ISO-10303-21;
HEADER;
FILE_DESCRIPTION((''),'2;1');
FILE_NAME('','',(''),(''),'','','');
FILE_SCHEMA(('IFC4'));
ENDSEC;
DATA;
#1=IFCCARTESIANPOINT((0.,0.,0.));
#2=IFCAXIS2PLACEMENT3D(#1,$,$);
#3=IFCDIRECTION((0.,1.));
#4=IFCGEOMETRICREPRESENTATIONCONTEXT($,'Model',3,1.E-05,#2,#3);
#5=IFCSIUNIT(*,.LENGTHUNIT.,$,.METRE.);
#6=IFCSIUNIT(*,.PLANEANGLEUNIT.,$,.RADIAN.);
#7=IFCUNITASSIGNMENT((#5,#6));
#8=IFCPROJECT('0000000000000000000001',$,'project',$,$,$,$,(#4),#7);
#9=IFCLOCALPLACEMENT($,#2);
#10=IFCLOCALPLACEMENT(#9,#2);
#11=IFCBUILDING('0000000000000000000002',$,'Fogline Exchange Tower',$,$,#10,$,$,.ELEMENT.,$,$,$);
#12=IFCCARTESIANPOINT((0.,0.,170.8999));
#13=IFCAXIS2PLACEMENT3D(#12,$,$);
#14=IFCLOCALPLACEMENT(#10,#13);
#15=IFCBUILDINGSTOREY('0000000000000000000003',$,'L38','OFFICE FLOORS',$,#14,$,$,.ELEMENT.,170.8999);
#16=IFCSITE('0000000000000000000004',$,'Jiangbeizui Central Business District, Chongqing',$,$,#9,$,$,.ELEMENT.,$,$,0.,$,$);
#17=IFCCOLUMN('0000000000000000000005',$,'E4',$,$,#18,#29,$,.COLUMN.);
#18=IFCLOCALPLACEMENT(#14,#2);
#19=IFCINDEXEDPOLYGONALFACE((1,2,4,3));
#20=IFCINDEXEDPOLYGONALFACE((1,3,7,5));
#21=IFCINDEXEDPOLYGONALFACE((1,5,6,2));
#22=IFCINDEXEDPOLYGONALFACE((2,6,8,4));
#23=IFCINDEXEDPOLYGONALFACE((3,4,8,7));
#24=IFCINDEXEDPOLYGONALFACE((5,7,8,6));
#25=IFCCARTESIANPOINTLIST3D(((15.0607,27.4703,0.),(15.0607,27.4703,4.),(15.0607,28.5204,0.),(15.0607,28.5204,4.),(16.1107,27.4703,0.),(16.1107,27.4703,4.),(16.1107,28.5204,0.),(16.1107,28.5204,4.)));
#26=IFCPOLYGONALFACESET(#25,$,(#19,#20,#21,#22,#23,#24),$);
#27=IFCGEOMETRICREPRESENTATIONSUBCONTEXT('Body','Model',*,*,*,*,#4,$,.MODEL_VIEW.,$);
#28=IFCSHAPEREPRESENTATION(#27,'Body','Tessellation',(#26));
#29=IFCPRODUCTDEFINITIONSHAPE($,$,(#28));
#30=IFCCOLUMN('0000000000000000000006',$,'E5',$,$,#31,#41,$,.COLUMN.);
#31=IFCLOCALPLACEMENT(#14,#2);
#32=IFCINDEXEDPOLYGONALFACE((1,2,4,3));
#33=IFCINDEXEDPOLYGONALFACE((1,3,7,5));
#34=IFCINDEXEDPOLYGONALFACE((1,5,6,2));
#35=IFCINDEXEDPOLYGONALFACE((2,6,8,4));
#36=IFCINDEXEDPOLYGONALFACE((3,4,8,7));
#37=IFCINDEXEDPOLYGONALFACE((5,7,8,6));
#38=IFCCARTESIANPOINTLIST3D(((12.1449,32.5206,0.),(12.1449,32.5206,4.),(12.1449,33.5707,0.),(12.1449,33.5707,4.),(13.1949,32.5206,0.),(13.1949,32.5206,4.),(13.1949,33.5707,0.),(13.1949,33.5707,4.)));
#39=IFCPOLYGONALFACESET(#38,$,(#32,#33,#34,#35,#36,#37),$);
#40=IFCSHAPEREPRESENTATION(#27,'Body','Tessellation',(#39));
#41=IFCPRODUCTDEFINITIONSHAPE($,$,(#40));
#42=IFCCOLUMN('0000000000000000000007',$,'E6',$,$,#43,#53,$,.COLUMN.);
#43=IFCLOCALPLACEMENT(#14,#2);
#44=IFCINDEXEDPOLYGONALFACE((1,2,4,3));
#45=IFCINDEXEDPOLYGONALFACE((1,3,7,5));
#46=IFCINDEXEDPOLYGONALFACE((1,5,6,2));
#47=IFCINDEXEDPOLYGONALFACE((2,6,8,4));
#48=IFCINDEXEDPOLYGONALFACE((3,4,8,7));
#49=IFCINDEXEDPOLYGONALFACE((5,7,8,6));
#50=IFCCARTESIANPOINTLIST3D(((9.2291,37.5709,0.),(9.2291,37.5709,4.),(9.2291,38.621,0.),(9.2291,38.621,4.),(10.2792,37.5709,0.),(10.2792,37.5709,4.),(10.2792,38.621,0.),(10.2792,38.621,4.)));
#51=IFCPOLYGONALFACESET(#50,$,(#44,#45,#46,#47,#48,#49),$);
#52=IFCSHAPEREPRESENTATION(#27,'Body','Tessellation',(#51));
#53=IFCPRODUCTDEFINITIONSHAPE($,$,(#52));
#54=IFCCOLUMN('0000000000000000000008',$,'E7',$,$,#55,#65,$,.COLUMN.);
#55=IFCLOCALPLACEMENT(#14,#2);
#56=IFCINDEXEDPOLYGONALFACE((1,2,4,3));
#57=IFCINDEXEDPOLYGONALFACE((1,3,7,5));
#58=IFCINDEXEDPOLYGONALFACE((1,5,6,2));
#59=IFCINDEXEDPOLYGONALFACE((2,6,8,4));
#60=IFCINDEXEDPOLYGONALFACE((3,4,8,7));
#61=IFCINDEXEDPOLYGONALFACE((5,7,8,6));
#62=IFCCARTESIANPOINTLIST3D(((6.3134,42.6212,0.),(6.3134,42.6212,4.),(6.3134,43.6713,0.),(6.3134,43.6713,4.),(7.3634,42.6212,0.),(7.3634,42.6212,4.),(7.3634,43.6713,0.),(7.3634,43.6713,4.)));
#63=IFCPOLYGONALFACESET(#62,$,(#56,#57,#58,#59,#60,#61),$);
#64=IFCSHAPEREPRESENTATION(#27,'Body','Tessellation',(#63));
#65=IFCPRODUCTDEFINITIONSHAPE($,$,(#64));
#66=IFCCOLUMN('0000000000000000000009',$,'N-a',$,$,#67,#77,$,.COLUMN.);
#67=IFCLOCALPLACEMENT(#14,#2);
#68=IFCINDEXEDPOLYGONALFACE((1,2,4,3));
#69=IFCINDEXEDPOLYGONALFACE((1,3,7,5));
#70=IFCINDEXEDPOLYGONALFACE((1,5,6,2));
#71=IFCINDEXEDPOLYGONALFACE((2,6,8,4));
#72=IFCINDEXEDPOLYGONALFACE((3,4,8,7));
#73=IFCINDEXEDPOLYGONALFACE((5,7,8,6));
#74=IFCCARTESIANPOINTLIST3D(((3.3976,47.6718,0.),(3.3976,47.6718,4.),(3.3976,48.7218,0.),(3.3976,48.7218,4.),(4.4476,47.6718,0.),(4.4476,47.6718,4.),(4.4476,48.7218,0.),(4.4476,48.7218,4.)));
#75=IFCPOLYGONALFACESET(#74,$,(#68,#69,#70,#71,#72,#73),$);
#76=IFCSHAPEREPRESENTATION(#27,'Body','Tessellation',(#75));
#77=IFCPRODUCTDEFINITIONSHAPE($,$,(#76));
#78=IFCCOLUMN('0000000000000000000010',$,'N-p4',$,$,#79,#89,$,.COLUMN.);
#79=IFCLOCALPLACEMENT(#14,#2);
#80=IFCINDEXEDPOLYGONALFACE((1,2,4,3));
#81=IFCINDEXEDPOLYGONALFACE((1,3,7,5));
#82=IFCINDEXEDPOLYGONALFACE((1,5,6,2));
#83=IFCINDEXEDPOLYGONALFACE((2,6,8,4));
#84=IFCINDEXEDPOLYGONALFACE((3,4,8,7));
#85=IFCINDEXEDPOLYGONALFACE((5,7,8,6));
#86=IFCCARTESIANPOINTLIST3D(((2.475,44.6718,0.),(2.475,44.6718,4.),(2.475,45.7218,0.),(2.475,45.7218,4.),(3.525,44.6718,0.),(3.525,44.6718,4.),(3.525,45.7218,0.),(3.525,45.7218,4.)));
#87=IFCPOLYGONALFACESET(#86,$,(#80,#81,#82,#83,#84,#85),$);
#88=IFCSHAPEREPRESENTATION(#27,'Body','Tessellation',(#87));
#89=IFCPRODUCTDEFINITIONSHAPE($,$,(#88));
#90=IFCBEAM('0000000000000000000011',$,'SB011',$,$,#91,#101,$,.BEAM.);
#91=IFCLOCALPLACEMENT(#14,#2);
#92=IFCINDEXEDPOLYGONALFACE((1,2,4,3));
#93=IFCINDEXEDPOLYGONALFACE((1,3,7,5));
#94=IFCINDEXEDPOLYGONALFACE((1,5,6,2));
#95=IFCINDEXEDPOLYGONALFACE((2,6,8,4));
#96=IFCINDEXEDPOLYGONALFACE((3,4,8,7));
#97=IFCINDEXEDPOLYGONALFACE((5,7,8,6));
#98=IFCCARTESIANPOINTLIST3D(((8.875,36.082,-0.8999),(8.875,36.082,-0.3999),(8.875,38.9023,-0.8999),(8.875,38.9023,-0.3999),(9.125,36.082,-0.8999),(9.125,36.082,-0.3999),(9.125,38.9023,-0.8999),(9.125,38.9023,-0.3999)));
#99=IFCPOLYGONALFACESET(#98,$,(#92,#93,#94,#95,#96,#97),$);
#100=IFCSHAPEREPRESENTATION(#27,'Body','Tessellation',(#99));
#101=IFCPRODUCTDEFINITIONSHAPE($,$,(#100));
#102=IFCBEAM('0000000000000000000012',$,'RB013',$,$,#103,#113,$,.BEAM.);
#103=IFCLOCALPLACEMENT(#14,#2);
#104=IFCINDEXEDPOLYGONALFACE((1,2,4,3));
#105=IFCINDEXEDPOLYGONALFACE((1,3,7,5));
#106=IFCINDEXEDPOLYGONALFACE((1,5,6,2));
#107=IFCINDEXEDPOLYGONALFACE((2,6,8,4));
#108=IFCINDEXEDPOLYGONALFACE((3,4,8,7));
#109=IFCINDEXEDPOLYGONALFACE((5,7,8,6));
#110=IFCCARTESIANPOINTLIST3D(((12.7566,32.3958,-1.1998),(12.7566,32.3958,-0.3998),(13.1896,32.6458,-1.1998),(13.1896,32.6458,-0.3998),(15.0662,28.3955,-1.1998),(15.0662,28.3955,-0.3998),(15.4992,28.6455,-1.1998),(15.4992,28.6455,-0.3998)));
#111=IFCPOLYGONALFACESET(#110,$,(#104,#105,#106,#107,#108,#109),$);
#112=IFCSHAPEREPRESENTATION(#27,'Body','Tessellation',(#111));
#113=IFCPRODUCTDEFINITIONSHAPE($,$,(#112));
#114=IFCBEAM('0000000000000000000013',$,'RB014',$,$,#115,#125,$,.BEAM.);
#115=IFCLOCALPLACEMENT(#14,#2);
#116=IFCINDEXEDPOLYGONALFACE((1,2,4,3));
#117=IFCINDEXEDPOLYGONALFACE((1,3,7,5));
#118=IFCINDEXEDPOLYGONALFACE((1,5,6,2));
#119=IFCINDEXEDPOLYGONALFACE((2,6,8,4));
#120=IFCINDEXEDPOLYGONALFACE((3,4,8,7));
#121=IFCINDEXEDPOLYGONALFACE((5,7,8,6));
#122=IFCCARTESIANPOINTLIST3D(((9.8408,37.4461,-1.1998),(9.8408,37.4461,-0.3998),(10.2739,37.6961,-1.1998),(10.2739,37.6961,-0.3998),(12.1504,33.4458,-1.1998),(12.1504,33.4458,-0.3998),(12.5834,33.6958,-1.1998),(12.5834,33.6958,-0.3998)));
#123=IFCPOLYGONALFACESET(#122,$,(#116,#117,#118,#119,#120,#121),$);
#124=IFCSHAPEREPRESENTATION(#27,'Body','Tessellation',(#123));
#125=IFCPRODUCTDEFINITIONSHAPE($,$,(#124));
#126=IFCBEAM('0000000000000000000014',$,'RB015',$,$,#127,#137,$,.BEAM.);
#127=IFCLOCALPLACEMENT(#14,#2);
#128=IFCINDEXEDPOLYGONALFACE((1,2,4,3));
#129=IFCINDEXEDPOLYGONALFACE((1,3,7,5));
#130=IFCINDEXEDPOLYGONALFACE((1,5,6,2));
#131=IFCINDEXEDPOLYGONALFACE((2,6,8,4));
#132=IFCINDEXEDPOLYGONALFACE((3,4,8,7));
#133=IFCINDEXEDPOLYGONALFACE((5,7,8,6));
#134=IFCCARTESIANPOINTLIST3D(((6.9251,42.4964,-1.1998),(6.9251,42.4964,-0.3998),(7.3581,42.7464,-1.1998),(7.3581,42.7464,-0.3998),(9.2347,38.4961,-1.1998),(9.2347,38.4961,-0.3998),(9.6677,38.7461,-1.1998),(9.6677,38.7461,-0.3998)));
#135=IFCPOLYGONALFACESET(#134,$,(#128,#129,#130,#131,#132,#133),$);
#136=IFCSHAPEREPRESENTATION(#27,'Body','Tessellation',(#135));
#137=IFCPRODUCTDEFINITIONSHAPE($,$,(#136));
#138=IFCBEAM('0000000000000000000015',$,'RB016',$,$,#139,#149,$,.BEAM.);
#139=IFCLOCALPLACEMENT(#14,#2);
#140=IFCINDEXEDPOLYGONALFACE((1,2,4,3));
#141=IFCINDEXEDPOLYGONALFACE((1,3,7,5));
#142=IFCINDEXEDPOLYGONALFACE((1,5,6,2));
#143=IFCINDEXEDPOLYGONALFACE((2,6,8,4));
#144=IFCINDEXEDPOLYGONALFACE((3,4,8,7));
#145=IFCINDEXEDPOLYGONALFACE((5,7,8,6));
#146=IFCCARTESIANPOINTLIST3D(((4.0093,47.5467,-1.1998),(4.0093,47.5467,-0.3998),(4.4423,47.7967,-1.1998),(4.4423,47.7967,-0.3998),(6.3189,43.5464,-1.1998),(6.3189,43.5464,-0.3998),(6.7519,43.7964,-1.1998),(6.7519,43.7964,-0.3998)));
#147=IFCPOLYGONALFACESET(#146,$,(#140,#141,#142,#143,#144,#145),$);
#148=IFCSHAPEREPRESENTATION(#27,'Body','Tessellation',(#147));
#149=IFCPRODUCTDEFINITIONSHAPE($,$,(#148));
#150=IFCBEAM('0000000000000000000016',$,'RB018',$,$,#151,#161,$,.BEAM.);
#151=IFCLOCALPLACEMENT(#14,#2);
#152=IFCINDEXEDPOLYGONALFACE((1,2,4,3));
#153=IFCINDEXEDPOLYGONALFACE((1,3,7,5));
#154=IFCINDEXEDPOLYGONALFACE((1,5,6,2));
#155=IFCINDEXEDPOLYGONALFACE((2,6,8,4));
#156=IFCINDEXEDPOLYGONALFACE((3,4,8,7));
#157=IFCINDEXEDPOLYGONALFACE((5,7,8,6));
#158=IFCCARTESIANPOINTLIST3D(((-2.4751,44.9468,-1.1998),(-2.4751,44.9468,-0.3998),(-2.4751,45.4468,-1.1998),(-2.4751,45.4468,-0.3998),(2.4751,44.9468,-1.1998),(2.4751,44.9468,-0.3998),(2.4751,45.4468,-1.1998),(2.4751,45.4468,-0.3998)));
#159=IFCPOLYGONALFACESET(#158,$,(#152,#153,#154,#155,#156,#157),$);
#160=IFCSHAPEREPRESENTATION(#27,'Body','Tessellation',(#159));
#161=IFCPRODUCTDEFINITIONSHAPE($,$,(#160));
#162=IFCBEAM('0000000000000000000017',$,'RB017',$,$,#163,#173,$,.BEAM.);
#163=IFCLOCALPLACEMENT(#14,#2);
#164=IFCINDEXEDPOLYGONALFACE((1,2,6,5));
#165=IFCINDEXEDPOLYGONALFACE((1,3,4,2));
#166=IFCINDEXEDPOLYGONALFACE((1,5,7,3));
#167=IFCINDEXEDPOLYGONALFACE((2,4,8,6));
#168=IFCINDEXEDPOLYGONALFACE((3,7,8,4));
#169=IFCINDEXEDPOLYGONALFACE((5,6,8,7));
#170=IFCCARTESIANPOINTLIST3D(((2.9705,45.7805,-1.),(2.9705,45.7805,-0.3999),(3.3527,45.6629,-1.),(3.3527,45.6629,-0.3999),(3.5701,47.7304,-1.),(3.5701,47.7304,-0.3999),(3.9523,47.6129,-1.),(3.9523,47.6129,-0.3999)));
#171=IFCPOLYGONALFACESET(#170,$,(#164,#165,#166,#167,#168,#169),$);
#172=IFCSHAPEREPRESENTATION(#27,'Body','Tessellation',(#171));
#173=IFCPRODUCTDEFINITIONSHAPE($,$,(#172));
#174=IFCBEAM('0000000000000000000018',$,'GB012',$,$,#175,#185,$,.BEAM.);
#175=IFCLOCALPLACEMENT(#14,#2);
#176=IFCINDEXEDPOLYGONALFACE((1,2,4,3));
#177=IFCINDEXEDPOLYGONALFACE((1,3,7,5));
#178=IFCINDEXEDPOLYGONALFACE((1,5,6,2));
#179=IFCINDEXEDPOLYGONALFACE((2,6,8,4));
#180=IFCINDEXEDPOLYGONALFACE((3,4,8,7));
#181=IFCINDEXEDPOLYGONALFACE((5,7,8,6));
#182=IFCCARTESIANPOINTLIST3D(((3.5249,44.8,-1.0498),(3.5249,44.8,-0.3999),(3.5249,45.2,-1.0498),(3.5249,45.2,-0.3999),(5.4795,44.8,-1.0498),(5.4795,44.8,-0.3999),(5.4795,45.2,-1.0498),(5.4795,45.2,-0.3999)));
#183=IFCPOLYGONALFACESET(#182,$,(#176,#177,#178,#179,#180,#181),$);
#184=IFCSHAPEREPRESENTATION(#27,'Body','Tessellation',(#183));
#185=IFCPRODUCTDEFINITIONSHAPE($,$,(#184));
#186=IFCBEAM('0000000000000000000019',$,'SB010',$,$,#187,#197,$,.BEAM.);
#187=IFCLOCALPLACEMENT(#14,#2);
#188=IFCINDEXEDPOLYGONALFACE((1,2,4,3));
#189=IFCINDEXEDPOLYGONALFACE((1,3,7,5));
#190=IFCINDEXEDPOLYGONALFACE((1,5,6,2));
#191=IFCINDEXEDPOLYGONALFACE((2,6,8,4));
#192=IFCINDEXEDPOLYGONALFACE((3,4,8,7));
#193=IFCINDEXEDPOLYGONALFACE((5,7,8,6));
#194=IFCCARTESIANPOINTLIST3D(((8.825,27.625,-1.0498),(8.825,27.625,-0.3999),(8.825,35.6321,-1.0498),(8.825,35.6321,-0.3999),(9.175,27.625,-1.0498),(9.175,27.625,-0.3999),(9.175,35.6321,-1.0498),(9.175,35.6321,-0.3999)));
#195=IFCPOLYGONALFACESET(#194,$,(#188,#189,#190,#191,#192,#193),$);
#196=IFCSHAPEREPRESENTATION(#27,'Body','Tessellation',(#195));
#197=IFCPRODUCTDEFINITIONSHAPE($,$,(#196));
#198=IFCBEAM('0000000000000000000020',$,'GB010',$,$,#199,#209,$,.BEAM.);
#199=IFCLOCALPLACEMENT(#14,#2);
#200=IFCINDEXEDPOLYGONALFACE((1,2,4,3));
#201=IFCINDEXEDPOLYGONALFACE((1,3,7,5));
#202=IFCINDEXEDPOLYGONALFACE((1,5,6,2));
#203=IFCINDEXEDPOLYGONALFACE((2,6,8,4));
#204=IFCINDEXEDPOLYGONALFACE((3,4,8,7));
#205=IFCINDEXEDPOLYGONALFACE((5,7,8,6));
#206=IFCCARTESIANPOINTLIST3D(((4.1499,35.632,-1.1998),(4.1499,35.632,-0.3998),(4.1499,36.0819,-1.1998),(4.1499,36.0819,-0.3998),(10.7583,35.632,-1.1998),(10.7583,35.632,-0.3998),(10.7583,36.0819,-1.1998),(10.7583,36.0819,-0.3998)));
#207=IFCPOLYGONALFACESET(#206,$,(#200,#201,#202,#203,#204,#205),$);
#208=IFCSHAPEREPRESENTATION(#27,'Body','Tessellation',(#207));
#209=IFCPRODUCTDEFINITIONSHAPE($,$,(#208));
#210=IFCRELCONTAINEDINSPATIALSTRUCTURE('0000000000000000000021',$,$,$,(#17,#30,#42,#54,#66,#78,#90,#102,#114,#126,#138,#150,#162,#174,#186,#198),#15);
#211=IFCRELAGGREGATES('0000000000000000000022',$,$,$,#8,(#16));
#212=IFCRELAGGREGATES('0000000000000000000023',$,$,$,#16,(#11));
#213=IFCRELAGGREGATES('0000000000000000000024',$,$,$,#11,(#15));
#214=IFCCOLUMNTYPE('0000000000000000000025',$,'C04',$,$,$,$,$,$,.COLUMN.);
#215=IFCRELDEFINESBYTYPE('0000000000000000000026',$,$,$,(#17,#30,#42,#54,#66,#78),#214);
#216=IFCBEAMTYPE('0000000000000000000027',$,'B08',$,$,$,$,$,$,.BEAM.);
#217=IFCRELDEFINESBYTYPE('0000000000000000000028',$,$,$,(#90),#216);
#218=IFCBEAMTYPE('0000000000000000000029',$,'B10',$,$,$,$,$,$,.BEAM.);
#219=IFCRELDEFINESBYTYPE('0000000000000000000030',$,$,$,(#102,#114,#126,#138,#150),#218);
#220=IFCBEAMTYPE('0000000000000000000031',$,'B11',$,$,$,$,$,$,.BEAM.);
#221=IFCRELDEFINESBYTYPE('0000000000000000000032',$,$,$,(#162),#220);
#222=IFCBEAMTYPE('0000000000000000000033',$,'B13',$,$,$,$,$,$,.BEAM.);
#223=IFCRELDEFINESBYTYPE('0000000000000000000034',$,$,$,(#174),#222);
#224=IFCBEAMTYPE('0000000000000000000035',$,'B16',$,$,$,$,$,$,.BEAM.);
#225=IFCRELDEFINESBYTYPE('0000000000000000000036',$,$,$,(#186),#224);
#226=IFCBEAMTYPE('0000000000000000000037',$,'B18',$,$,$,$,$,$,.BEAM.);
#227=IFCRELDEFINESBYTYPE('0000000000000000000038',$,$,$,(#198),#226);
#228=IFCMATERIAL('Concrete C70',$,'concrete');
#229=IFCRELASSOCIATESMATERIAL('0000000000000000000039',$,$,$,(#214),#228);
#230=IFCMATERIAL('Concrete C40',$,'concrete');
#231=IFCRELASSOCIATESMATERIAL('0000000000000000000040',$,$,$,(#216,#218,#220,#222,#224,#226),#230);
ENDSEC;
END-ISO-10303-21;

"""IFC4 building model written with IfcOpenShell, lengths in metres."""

from ifc_helpers import new_model, si_unit, direction, frame, origin, origin_2d, place, context, subcontext, project, spatial, rectangle, extrude, material, material_profile, profile_set, type_object, element, save


model = new_model("IFC4")

# Units and contexts
model_context = context("Model", 3, precision=1e-05, world=origin(), true_north=direction((0.0, 1.0)))
body_context = subcontext(model_context, "Body", "Model", "MODEL_VIEW")
ifc_project = project(units=[si_unit("LENGTHUNIT", "METRE"), si_unit("PLANEANGLEUNIT", "RADIAN")], contexts=[model_context])

# Site, building, storey
site_placement = place(None, origin())
site = spatial("IfcSite", under=ifc_project, at=site_placement, Name="Jiangbeizui Central Business District, Chongqing", CompositionType="ELEMENT", RefElevation=0.0)
building_placement = place(site_placement, origin())
building = spatial("IfcBuilding", under=site, at=building_placement, Name="Fogline Exchange Tower", CompositionType="ELEMENT")
storey_placement = place(building_placement, frame((0.0, 0.0, 170.8999)))
storey = spatial("IfcBuildingStorey", under=building, at=storey_placement, Name="L38", Description="OFFICE FLOORS", CompositionType="ELEMENT", Elevation=170.8999)

# Columns
ifc_material_1 = material(Name="Concrete C70", Category="concrete")
ifc_material_profile_1 = material_profile(ifc_material_1, rectangle(XDim=1.05, YDim=1.05, at=origin_2d()), Name="RC 1050x1050")
ifc_profile_set_1 = profile_set([ifc_material_profile_1], Name="Concrete C70")
column_type = type_object("IfcColumnType", Name="C04", PredefinedType="COLUMN", material=ifc_profile_set_1)
for number, where, z_axis, x_axis, name in (
    (1, (15.5857, 27.9954, 0.0), (0.0, 0.0, 1.0), (1.0, 0.0, 0.0), "E4"),
    (2, (12.6699, 33.0457, 0.0), (0.0, 0.0, 1.0), (1.0, 0.0, 0.0), "E5"),
    (3, (9.7542, 38.0959, 0.0), (0.0, 0.0, 1.0), (1.0, 0.0, 0.0), "E6"),
    (4, (6.8384, 43.1462, 0.0), (0.0, 0.0, 1.0), (1.0, 0.0, 0.0), "E7"),
    (5, (3.9226, 48.1968, 0.0), (0.0, 0.0, 1.0), (1.0, 0.0, 0.0), "N-a"),
    (6, (3.0, 45.1968, 0.0), (0.0, 0.0, 1.0), (1.0, 0.0, 0.0), "N-p4"),
):
    element("IfcColumn", number, at=place(storey_placement, frame(where, z_axis=z_axis, x_axis=x_axis)), inside=storey, type_object=column_type, Name=name, PredefinedType="COLUMN", context=body_context, shape_type="SweptSolid", body=[
        extrude(rectangle(XDim=1.05, YDim=1.05, at=origin_2d()), origin(), (0.0, 0.0, 1.0), 4.0),
    ])

# Beams
ifc_material_2 = material(Name="Concrete C40", Category="concrete")
ifc_material_profile_2 = material_profile(ifc_material_2, rectangle(XDim=0.25, YDim=0.5, at=origin_2d()), Name="RC 250x500")
ifc_profile_set_2 = profile_set([ifc_material_profile_2], Name="Concrete C40")
beam_type_1 = type_object("IfcBeamType", Name="B08", PredefinedType="BEAM", material=ifc_profile_set_2)
beam_1_placement = place(storey_placement, frame((9.0, 36.082, -0.6499), z_axis=(0.0, 1.0, 0.0), x_axis=(-1.0, 0.0, 0.0)))
element("IfcBeam", 7, at=beam_1_placement, inside=storey, type_object=beam_type_1, Name="SB011", PredefinedType="BEAM", context=body_context, shape_type="SweptSolid", body=[
    extrude(rectangle(XDim=0.25, YDim=0.5, at=origin_2d()), origin(), (0.0, 0.0, 1.0), 2.8203),
])
ifc_material_profile_3 = material_profile(ifc_material_2, rectangle(XDim=0.5, YDim=0.8, at=origin_2d()), Name="RC 500x800")
ifc_profile_set_3 = profile_set([ifc_material_profile_3], Name="Concrete C40")
beam_type_2 = type_object("IfcBeamType", Name="B10", PredefinedType="BEAM", material=ifc_profile_set_3)
for number, where, z_axis, x_axis, name in (
    (8, (15.2827, 28.5205, -0.7998), (-0.500005, 0.866023, 0.0), (-0.866023, -0.500005, 0.0), "RB013"),
    (9, (12.3669, 33.5708, -0.7998), (-0.500005, 0.866023, 0.0), (-0.866023, -0.500005, 0.0), "RB014"),
    (10, (9.4512, 38.6211, -0.7998), (-0.500005, 0.866023, 0.0), (-0.866023, -0.500005, 0.0), "RB015"),
    (11, (6.5354, 43.6714, -0.7998), (-0.500005, 0.866023, 0.0), (-0.866023, -0.500005, 0.0), "RB016"),
):
    element("IfcBeam", number, at=place(storey_placement, frame(where, z_axis=z_axis, x_axis=x_axis)), inside=storey, type_object=beam_type_2, Name=name, PredefinedType="BEAM", context=body_context, shape_type="SweptSolid", body=[
        extrude(rectangle(XDim=0.5, YDim=0.8, at=origin_2d()), origin(), (0.0, 0.0, 1.0), 4.6191),
    ])
beam_2_placement = place(storey_placement, frame((2.4751, 45.1968, -0.7998), z_axis=(-1.0, 0.0, 0.0), x_axis=(0.0, -1.0, 0.0)))
element("IfcBeam", 12, at=beam_2_placement, inside=storey, type_object=beam_type_2, Name="RB018", PredefinedType="BEAM", context=body_context, shape_type="SweptSolid", body=[
    extrude(rectangle(XDim=0.5, YDim=0.8, at=origin_2d()), origin(), (0.0, 0.0, 1.0), 4.9502),
])
ifc_material_profile_4 = material_profile(ifc_material_2, rectangle(XDim=0.3999, YDim=0.6001, at=origin_2d()), Name="RC 400x600")
ifc_profile_set_4 = profile_set([ifc_material_profile_4], Name="Concrete C40")
beam_type_3 = type_object("IfcBeamType", Name="B11", PredefinedType="BEAM", material=ifc_profile_set_4)
beam_3_placement = place(storey_placement, frame((3.7612, 47.6716, -0.7), z_axis=(-0.293918, -0.955831, 0.0), x_axis=(0.955831, -0.293918, 0.0)))
element("IfcBeam", 13, at=beam_3_placement, inside=storey, type_object=beam_type_3, Name="RB017", PredefinedType="BEAM", context=body_context, shape_type="SweptSolid", body=[
    extrude(rectangle(XDim=0.3999, YDim=0.6001, at=origin_2d()), origin(), (0.0, 0.0, 1.0), 2.04),
])
ifc_material_profile_5 = material_profile(ifc_material_2, rectangle(XDim=0.3999, YDim=0.6499, at=origin_2d()), Name="RC 400x650")
ifc_profile_set_5 = profile_set([ifc_material_profile_5], Name="Concrete C40")
beam_type_4 = type_object("IfcBeamType", Name="B13", PredefinedType="BEAM", material=ifc_profile_set_5)
beam_4_placement = place(storey_placement, frame((3.5249, 45.0, -0.7249), z_axis=(1.0, 0.0, 0.0), x_axis=(0.0, 1.0, 0.0)))
element("IfcBeam", 14, at=beam_4_placement, inside=storey, type_object=beam_type_4, Name="GB012", PredefinedType="BEAM", context=body_context, shape_type="SweptSolid", body=[
    extrude(rectangle(XDim=0.3999, YDim=0.6499, at=origin_2d()), origin(), (0.0, 0.0, 1.0), 1.9546),
])
ifc_material_profile_6 = material_profile(ifc_material_2, rectangle(XDim=0.3501, YDim=0.6499, at=origin_2d()), Name="RC 350x650")
ifc_profile_set_6 = profile_set([ifc_material_profile_6], Name="Concrete C40")
beam_type_5 = type_object("IfcBeamType", Name="B16", PredefinedType="BEAM", material=ifc_profile_set_6)
beam_5_placement = place(storey_placement, frame((9.0, 27.625, -0.7249), z_axis=(0.0, 1.0, 0.0), x_axis=(-1.0, 0.0, 0.0)))
element("IfcBeam", 15, at=beam_5_placement, inside=storey, type_object=beam_type_5, Name="SB010", PredefinedType="BEAM", context=body_context, shape_type="SweptSolid", body=[
    extrude(rectangle(XDim=0.3501, YDim=0.6499, at=origin_2d()), origin(), (0.0, 0.0, 1.0), 8.0071),
])
ifc_material_profile_7 = material_profile(ifc_material_2, rectangle(XDim=0.45, YDim=0.8, at=origin_2d()), Name="RC 450x800")
ifc_profile_set_7 = profile_set([ifc_material_profile_7], Name="Concrete C40")
beam_type_6 = type_object("IfcBeamType", Name="B18", PredefinedType="BEAM", material=ifc_profile_set_7)
beam_6_placement = place(storey_placement, frame((4.1499, 35.8569, -0.7998), z_axis=(1.0, 0.0, 0.0), x_axis=(0.0, 1.0, 0.0)))
element("IfcBeam", 16, at=beam_6_placement, inside=storey, type_object=beam_type_6, Name="GB010", PredefinedType="BEAM", context=body_context, shape_type="SweptSolid", body=[
    extrude(rectangle(XDim=0.45, YDim=0.8, at=origin_2d()), origin(), (0.0, 0.0, 1.0), 6.6084),
])

save(model, "model.ifc")
